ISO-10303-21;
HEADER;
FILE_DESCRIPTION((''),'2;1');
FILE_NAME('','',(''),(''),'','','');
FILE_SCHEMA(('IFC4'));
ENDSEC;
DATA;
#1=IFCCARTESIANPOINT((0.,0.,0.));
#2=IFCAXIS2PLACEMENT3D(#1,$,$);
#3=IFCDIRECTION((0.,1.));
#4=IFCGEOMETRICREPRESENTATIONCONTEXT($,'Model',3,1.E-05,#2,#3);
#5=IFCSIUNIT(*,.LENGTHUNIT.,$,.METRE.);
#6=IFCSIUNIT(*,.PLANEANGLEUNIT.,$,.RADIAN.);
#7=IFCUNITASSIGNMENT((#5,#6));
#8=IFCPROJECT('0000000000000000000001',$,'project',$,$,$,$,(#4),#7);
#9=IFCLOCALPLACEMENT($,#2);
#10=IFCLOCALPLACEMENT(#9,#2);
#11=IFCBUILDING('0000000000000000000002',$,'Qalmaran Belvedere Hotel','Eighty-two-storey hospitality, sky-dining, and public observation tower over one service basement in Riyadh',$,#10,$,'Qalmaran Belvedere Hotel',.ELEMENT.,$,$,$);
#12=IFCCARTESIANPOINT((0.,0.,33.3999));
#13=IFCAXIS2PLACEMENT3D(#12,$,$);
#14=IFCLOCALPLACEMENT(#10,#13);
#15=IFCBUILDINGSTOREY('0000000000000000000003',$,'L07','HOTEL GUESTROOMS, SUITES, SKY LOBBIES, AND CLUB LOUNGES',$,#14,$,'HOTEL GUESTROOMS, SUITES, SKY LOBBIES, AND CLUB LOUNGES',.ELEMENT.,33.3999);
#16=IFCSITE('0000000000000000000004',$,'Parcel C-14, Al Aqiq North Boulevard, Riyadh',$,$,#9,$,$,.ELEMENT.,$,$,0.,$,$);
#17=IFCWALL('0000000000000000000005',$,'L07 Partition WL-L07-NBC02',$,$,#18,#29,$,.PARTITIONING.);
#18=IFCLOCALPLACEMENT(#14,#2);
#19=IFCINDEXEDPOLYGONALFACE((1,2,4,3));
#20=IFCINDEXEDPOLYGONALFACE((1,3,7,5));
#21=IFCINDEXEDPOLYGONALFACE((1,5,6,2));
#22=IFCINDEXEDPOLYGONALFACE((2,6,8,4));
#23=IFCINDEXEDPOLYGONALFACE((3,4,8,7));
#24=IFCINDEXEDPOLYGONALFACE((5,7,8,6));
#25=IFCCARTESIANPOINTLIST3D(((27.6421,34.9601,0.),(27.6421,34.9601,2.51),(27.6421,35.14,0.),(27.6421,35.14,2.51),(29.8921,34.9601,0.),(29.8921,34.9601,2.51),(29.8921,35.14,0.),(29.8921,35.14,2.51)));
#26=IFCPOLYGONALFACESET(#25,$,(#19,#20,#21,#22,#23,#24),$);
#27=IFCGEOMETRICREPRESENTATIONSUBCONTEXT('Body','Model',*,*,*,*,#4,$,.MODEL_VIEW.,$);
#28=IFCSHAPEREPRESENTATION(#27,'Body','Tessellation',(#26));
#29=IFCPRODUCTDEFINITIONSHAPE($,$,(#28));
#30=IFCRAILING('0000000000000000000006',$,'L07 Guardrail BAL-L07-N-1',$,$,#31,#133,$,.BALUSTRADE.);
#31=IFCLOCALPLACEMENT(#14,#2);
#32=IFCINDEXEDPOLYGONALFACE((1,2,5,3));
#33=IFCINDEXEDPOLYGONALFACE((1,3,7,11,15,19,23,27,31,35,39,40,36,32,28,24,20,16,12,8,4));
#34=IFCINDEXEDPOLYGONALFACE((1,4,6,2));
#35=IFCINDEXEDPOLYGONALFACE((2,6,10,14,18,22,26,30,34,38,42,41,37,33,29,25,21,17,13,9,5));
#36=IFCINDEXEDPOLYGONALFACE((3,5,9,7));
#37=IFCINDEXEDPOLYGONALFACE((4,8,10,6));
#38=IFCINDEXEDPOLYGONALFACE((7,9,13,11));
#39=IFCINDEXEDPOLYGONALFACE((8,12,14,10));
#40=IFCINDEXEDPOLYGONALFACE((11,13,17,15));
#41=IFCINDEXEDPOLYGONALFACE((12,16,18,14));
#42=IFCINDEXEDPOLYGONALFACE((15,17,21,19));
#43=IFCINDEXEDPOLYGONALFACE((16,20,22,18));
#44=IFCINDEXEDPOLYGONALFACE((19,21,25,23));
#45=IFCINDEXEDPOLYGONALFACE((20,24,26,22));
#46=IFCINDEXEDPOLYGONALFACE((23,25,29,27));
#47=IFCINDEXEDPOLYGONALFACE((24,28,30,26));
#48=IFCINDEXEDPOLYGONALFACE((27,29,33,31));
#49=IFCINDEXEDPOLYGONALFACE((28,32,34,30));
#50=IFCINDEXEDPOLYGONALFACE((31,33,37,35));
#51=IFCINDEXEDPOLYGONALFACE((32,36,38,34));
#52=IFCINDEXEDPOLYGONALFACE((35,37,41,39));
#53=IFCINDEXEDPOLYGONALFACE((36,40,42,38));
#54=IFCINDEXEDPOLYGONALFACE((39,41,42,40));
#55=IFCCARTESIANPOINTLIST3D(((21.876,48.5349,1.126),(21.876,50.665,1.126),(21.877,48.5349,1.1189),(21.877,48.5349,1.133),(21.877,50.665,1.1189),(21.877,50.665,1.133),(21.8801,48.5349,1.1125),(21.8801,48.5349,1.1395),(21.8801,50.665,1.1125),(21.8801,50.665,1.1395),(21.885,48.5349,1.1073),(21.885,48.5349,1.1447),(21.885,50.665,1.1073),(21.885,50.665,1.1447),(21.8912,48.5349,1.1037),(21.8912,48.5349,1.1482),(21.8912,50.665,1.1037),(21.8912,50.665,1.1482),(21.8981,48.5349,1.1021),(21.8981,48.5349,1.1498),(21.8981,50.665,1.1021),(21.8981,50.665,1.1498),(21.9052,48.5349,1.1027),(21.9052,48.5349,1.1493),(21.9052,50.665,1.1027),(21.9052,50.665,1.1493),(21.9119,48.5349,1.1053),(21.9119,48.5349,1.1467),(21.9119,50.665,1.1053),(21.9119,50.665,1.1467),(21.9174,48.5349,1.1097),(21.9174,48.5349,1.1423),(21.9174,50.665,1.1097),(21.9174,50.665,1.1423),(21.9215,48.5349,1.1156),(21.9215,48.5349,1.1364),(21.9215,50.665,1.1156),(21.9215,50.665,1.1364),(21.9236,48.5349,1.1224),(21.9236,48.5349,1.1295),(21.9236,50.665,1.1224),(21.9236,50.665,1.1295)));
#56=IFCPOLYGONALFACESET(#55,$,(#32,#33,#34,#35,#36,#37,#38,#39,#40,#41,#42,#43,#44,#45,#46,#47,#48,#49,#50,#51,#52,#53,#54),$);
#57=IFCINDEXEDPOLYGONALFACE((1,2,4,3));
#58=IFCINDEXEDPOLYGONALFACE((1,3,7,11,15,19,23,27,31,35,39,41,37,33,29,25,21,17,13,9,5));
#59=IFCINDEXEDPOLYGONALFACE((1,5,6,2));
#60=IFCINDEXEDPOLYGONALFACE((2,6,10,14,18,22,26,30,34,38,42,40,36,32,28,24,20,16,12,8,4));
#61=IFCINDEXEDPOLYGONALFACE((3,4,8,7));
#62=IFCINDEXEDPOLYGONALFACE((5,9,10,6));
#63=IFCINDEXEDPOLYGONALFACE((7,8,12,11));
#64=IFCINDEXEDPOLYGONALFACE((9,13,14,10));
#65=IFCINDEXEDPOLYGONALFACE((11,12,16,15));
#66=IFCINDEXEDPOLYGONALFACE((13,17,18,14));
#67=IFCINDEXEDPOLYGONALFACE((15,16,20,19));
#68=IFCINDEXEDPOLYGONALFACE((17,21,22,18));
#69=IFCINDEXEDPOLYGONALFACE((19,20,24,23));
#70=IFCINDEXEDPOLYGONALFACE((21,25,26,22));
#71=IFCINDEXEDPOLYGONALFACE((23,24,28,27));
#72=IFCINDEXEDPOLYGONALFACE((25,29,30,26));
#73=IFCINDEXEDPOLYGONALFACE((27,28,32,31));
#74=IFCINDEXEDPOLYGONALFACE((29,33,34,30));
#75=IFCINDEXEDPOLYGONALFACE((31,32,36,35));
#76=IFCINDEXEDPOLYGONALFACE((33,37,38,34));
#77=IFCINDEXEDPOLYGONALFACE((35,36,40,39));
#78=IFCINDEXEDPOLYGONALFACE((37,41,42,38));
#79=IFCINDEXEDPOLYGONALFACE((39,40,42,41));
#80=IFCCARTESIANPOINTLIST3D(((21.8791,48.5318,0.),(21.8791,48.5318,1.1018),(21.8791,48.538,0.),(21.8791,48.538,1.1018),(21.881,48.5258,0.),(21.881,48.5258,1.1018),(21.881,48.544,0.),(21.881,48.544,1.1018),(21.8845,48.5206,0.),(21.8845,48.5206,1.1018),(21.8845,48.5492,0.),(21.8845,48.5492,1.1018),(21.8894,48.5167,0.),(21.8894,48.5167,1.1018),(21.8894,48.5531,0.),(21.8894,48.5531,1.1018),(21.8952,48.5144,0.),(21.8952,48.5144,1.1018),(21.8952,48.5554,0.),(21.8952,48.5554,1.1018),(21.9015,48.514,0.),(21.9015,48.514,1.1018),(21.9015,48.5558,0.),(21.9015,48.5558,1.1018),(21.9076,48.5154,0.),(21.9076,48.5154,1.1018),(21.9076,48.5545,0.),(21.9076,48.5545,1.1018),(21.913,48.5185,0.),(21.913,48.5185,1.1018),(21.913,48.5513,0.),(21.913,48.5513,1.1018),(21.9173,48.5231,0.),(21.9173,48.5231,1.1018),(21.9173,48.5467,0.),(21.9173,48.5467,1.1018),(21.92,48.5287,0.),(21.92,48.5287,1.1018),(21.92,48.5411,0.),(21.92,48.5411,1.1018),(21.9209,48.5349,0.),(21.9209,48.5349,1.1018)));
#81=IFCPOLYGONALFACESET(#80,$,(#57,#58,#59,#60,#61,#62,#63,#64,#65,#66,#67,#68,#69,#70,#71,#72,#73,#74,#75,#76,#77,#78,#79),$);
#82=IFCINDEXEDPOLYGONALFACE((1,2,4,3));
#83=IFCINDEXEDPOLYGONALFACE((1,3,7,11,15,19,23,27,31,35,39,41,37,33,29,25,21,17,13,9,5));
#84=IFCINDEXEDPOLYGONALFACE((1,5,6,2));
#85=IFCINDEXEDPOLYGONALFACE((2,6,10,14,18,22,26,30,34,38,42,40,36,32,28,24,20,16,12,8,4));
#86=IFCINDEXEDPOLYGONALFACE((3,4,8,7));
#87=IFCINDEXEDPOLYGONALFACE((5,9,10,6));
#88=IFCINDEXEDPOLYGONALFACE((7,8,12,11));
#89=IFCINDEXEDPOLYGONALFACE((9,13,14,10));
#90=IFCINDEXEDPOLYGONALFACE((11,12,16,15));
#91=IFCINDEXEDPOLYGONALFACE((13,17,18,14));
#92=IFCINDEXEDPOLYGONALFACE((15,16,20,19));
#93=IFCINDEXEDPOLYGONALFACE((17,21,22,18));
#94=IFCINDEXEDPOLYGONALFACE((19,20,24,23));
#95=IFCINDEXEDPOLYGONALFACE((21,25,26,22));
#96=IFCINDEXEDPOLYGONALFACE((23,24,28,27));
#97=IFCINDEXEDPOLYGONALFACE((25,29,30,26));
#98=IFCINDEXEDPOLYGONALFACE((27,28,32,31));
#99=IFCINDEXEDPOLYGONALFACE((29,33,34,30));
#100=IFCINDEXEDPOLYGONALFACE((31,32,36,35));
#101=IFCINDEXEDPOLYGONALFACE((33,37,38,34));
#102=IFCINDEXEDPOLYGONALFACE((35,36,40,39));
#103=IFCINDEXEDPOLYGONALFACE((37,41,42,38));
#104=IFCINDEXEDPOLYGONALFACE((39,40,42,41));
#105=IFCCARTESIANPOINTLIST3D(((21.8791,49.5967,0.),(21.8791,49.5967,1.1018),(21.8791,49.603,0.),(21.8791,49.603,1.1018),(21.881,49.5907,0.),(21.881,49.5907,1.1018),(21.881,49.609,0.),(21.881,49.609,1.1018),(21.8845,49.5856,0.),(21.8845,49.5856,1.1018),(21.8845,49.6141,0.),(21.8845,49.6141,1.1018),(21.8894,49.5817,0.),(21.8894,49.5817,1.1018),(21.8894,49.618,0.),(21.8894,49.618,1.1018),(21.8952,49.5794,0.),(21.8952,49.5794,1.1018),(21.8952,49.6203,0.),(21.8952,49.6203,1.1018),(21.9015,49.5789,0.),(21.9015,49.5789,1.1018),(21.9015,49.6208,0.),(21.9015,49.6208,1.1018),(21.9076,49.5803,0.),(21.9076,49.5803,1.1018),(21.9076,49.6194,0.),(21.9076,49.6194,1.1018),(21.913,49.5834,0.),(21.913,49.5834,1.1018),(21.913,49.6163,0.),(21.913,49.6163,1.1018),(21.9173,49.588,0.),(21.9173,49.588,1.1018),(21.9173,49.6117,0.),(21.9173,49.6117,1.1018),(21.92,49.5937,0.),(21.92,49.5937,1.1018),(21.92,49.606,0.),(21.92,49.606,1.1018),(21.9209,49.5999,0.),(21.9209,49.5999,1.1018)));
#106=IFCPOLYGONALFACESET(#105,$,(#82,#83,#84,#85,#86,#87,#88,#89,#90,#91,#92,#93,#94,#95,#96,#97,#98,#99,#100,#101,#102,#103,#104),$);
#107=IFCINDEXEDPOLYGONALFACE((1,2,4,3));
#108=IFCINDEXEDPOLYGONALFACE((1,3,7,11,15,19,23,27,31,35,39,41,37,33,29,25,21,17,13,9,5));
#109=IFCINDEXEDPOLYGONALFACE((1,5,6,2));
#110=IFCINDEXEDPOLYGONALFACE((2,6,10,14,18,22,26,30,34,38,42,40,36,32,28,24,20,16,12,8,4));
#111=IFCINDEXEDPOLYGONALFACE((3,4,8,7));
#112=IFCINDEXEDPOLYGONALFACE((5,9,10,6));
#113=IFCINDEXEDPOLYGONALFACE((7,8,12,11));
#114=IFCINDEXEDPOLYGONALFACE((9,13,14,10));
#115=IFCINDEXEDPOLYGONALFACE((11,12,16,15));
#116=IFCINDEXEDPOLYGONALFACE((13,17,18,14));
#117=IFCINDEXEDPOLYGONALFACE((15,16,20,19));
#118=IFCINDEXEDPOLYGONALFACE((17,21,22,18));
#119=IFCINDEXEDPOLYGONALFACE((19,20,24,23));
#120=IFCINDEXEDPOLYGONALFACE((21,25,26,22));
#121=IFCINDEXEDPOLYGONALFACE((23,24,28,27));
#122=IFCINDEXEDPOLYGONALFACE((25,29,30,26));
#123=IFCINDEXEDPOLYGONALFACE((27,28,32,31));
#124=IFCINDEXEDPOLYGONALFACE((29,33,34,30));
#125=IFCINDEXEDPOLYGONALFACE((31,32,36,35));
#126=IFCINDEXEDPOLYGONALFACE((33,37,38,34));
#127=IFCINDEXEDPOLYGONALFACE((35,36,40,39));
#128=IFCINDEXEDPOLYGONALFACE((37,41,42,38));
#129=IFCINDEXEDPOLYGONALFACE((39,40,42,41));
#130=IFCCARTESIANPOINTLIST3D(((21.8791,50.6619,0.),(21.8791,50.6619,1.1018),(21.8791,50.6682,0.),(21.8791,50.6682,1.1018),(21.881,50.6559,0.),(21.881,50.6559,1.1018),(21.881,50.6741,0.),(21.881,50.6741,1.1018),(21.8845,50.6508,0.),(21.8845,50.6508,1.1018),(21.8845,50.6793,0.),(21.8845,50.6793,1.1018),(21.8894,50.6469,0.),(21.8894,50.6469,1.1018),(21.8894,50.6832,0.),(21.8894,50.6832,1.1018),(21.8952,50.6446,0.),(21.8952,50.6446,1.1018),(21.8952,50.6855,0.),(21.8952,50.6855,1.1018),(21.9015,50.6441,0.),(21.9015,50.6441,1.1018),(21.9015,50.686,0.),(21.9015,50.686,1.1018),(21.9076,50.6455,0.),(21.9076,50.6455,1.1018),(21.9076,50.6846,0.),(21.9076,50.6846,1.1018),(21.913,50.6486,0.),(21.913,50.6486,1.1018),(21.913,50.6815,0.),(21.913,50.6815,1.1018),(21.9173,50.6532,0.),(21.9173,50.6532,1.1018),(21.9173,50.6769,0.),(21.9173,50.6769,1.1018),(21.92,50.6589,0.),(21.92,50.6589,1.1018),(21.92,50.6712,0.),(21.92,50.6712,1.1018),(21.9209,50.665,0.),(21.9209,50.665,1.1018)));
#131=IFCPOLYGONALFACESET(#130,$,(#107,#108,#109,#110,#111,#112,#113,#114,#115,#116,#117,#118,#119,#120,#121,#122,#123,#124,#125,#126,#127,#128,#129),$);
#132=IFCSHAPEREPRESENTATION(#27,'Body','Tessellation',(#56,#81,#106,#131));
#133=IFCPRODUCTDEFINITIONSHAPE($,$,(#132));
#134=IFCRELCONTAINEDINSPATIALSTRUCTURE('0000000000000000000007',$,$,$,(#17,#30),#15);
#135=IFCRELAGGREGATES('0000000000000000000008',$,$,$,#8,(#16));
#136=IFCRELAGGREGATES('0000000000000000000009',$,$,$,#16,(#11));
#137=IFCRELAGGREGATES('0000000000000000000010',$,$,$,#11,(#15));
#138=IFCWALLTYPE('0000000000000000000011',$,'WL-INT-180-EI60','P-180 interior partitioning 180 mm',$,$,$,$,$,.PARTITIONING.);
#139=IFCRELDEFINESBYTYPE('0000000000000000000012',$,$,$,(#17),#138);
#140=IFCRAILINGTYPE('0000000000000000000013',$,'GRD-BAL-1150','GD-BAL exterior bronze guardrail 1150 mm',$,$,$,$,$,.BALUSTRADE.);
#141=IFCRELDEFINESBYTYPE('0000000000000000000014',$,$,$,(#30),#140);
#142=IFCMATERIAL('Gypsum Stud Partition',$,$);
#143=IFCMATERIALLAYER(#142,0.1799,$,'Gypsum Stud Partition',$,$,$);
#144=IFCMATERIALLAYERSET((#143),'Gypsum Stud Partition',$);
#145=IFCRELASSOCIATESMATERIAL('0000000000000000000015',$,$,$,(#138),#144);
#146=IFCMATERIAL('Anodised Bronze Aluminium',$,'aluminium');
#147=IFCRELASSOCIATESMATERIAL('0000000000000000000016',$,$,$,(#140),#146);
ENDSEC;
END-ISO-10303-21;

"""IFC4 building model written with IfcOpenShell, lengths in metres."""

from ifc_helpers import new_model, si_unit, direction, frame, frame_2d, origin, origin_2d, place, context, subcontext, project, spatial, rectangle, circle, extrude, material, layer, layer_set, type_object, element, save


model = new_model("IFC4")

# Units and contexts
model_context = context("Model", 3, precision=1e-05, world=origin(), true_north=direction((0.0, 1.0)))
body_context = subcontext(model_context, "Body", "Model", "MODEL_VIEW")
ifc_project = project(units=[si_unit("LENGTHUNIT", "METRE"), si_unit("PLANEANGLEUNIT", "RADIAN")], contexts=[model_context])

# Site, building, storey
site_placement = place(None, origin())
site = spatial("IfcSite", under=ifc_project, at=site_placement, Name="Parcel C-14, Al Aqiq North Boulevard, Riyadh", CompositionType="ELEMENT", RefElevation=0.0)
building_placement = place(site_placement, origin())
building = spatial("IfcBuilding", under=site, at=building_placement, Name="Qalmaran Belvedere Hotel", Description="Eighty-two-storey hospitality, sky-dining, and public observation tower over one service basement in Riyadh", LongName="Qalmaran Belvedere Hotel", CompositionType="ELEMENT")
storey_placement = place(building_placement, frame((0.0, 0.0, 33.3999)))
storey = spatial("IfcBuildingStorey", under=building, at=storey_placement, Name="L07", Description="HOTEL GUESTROOMS, SUITES, SKY LOBBIES, AND CLUB LOUNGES", LongName="HOTEL GUESTROOMS, SUITES, SKY LOBBIES, AND CLUB LOUNGES", CompositionType="ELEMENT", Elevation=33.3999)

# Shared definitions
ifc_material_1 = material(Name="Anodised Bronze Aluminium", Category="aluminium")

# Shared definitions
ifc_material_2 = material(Name="Gypsum Stud Partition")

# Shared definitions
ifc_layer_1 = layer(ifc_material_2, 0.1799, Name="Gypsum Stud Partition")
ifc_layer_set_1 = layer_set([ifc_layer_1], Name="Gypsum Stud Partition")
wall_type_1 = type_object("IfcWallType", Name="WL-INT-180-EI60", Description="P-180 interior partitioning 180 mm", PredefinedType="PARTITIONING", material=ifc_layer_set_1)

# Wall
wall_1_placement = place(storey_placement, frame((27.6421, 35.05, 0.0), z_axis=(0.0, 0.0, 1.0), x_axis=(1.0, 0.0, 0.0)))
element("IfcWall", 1, at=wall_1_placement, inside=storey, type_object=wall_type_1, Name="L07 Partition WL-L07-NBC02", PredefinedType="PARTITIONING", context=body_context, shape_type="SweptSolid", body=[
    extrude(rectangle(XDim=2.25, YDim=0.1799, at=frame_2d((1.125, 0.0))), origin(), (0.0, 0.0, 1.0), 2.51),
])

# Railing
railing_type = type_object("IfcRailingType", Name="GRD-BAL-1150", Description="GD-BAL exterior bronze guardrail 1150 mm", PredefinedType="BALUSTRADE", material=ifc_material_1)
railing_1_placement = place(storey_placement, frame((21.8999, 48.5349, 0.0)))
element("IfcRailing", 2, at=railing_1_placement, inside=storey, type_object=railing_type, Name="L07 Guardrail BAL-L07-N-1", PredefinedType="BALUSTRADE", context=body_context, shape_type="SweptSolid", body=[
    extrude(circle(Radius=0.0239, at=origin_2d()), frame((0.0, 0.0, 1.126), z_axis=(0.0, 1.0, 0.0), x_axis=(-1.0, 0.0, 0.0)), (0.0, 0.0, 1.0), 2.1301),
    extrude(circle(Radius=0.021, at=origin_2d()), origin(), (0.0, 0.0, 1.0), 1.1018),
    extrude(circle(Radius=0.021, at=origin_2d()), frame((0.0, 1.0649, 0.0)), (0.0, 0.0, 1.0), 1.1018),
    extrude(circle(Radius=0.021, at=origin_2d()), frame((0.0, 2.1301, 0.0)), (0.0, 0.0, 1.0), 1.1018),
])

save(model, "model.ifc")
